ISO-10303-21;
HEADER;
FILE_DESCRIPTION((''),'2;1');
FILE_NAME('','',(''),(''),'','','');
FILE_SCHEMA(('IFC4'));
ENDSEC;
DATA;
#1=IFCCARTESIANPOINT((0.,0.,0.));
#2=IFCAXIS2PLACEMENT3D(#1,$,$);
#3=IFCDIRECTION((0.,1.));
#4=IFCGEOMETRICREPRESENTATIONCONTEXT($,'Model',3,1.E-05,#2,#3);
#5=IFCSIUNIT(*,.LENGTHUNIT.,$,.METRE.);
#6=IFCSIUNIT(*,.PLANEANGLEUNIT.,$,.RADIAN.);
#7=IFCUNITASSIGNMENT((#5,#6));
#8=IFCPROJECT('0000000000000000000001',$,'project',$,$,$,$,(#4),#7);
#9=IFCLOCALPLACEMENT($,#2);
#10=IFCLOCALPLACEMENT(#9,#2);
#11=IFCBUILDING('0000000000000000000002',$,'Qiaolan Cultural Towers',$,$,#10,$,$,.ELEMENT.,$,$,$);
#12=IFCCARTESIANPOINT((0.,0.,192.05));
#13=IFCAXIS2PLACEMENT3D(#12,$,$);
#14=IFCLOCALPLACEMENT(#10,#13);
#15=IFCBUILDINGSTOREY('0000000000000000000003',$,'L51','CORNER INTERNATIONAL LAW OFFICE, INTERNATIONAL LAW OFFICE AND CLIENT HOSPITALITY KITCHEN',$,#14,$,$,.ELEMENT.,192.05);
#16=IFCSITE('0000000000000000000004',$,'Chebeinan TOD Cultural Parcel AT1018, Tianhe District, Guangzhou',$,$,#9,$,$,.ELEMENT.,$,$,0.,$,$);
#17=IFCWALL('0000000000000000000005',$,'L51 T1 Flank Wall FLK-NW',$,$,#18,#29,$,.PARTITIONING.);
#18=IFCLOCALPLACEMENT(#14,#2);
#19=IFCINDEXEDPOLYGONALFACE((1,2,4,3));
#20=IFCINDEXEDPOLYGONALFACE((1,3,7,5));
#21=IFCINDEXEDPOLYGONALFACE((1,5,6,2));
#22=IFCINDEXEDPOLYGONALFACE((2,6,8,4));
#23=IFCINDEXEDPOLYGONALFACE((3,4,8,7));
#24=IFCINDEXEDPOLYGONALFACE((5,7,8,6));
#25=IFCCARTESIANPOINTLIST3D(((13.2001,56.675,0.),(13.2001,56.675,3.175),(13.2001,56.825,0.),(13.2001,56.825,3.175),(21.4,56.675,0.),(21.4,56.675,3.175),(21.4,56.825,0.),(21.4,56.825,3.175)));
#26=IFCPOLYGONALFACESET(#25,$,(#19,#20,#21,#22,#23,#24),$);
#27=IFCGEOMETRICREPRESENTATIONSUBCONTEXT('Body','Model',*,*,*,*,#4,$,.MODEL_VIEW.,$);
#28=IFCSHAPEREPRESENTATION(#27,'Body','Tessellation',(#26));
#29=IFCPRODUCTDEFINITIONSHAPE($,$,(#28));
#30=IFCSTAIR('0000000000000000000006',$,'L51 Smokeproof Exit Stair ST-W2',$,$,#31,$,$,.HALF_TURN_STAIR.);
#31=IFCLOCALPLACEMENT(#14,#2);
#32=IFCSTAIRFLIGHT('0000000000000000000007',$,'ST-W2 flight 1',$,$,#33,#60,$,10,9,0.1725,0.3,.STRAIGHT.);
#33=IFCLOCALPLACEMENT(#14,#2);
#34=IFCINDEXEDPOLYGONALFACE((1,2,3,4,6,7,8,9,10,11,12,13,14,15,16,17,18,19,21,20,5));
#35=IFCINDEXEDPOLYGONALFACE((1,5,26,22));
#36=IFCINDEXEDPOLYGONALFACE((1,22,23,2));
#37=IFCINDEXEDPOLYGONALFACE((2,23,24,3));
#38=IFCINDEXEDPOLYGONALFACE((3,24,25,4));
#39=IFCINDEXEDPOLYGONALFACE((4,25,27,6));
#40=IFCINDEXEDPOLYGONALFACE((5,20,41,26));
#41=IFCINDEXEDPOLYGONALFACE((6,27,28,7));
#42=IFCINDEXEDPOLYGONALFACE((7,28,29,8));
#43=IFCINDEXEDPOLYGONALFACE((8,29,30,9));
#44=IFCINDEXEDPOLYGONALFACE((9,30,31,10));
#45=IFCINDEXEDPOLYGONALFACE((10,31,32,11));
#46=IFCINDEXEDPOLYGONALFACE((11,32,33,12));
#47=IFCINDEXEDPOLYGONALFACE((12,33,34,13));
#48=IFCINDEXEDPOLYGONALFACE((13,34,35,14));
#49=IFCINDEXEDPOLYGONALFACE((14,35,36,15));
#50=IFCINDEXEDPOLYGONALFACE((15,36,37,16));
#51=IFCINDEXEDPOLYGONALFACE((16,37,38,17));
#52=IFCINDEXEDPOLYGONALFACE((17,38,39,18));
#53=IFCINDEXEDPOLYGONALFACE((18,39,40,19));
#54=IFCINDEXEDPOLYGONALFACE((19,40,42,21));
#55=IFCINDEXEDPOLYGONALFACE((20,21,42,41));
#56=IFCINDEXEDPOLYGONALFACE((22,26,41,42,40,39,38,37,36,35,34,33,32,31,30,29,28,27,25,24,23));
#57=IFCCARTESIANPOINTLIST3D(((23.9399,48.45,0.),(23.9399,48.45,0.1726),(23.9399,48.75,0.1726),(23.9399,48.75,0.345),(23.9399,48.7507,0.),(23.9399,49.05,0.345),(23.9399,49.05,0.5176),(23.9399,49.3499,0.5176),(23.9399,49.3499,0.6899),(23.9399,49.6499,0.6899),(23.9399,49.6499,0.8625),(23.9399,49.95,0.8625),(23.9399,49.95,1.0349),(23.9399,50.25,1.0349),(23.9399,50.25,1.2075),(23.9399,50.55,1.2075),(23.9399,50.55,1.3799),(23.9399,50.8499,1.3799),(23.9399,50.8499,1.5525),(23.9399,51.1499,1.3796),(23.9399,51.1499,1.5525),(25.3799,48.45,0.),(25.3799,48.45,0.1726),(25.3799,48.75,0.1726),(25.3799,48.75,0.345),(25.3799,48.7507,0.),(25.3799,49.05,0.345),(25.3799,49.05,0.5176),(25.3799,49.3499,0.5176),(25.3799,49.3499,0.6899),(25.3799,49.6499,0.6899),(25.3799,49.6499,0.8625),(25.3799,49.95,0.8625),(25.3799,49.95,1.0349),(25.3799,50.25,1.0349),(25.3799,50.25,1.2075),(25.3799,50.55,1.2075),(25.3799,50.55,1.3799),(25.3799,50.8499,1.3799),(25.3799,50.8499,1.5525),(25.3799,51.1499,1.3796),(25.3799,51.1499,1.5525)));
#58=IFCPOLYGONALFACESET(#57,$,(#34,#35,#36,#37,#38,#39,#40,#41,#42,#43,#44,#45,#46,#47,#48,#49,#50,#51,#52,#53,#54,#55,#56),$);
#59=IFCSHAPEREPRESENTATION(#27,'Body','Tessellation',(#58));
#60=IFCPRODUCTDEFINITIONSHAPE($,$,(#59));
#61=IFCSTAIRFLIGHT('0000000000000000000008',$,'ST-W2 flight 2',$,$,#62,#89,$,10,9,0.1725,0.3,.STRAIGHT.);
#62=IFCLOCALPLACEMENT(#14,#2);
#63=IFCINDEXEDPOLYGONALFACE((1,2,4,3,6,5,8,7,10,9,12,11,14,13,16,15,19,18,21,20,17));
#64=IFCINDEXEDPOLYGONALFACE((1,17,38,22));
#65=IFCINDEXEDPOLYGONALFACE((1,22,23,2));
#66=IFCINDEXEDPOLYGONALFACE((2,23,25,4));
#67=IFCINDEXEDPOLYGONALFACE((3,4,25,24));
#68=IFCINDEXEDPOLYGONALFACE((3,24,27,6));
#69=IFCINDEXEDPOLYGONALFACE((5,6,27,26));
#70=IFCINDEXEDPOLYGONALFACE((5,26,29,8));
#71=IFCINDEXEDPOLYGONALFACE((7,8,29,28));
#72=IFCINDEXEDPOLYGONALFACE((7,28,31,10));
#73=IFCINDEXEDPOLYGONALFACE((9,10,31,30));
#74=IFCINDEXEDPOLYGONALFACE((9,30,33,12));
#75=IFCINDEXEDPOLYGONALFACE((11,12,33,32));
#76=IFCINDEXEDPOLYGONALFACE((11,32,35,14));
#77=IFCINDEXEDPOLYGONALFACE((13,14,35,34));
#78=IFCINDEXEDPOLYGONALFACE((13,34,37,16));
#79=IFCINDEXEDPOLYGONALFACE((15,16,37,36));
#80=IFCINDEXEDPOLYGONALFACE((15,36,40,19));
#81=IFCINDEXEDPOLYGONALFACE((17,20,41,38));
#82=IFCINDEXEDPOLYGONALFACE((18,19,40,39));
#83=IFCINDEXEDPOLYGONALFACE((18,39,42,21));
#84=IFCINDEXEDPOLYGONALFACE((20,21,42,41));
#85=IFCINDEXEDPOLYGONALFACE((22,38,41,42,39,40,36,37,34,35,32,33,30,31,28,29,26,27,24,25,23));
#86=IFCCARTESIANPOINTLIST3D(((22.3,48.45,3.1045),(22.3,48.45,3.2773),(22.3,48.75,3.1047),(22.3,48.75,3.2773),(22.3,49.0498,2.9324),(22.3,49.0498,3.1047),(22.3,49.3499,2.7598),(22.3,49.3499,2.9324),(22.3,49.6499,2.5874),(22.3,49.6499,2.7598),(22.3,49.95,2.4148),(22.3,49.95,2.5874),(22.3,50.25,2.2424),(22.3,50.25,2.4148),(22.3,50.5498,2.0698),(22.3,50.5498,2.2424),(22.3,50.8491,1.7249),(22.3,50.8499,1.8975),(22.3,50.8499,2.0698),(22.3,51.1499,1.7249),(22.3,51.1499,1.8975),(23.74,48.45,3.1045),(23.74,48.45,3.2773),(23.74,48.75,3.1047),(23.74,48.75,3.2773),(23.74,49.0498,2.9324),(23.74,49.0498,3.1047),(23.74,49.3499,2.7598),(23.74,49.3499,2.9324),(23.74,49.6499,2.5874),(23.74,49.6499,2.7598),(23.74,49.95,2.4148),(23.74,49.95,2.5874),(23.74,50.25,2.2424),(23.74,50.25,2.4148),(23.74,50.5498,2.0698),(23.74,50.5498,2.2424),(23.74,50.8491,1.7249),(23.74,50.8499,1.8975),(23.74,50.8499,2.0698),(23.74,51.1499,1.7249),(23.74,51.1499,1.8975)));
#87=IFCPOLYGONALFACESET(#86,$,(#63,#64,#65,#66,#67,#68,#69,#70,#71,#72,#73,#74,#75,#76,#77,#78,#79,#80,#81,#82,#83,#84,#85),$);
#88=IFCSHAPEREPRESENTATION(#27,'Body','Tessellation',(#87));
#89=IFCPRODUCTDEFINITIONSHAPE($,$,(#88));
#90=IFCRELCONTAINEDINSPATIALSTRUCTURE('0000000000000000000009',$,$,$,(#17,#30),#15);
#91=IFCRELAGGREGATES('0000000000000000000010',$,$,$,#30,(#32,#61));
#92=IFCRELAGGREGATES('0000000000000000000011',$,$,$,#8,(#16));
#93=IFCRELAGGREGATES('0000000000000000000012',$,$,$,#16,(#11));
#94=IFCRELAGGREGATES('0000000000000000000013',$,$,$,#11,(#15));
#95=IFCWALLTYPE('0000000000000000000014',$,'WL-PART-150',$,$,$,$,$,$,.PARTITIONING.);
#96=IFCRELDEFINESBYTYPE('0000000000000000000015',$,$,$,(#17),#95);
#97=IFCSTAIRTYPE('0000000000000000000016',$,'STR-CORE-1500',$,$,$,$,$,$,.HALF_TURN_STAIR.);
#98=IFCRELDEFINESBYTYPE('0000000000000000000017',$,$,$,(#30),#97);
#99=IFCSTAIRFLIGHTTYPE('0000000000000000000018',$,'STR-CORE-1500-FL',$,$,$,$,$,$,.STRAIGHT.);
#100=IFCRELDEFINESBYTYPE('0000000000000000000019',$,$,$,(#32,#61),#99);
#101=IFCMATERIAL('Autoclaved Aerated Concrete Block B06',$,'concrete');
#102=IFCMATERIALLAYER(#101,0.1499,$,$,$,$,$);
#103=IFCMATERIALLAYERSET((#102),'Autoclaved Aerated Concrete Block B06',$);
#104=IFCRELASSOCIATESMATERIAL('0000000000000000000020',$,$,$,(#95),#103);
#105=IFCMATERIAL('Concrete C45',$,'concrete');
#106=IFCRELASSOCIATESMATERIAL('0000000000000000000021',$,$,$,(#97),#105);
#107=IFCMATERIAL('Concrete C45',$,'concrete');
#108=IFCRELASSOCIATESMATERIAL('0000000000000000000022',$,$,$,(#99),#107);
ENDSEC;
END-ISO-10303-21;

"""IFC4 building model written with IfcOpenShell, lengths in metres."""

from ifc_helpers import new_model, si_unit, direction, frame, frame_2d, origin, place, context, subcontext, project, spatial, polyline, rectangle, outline, extrude, material, layer, layer_set, type_object, element, aggregate, save


model = new_model("IFC4")

# Units and contexts
model_context = context("Model", 3, precision=1e-05, world=origin(), true_north=direction((0.0, 1.0)))
body_context = subcontext(model_context, "Body", "Model", "MODEL_VIEW")
ifc_project = project(units=[si_unit("LENGTHUNIT", "METRE"), si_unit("PLANEANGLEUNIT", "RADIAN")], contexts=[model_context])

# Site, building, storey
site_placement = place(None, origin())
site = spatial("IfcSite", under=ifc_project, at=site_placement, Name="Chebeinan TOD Cultural Parcel AT1018, Tianhe District, Guangzhou", CompositionType="ELEMENT", RefElevation=0.0)
building_placement = place(site_placement, origin())
building = spatial("IfcBuilding", under=site, at=building_placement, Name="Qiaolan Cultural Towers", CompositionType="ELEMENT")
storey_placement = place(building_placement, frame((0.0, 0.0, 192.05)))
storey = spatial("IfcBuildingStorey", under=building, at=storey_placement, Name="L51", Description="CORNER INTERNATIONAL LAW OFFICE, INTERNATIONAL LAW OFFICE AND CLIENT HOSPITALITY KITCHEN", CompositionType="ELEMENT", Elevation=192.05)

# Wall
ifc_material_1 = material(Name="Autoclaved Aerated Concrete Block B06", Category="concrete")
ifc_layer_1 = layer(ifc_material_1, 0.1499)
ifc_layer_set_1 = layer_set([ifc_layer_1], Name="Autoclaved Aerated Concrete Block B06")
wall_type_1 = type_object("IfcWallType", Name="WL-PART-150", PredefinedType="PARTITIONING", material=ifc_layer_set_1)
wall_1_placement = place(storey_placement, frame((13.2, 56.75, 0.0), z_axis=(0.0, 0.0, 1.0), x_axis=(1.0, 0.0, 0.0)))
element("IfcWall", 1, at=wall_1_placement, inside=storey, type_object=wall_type_1, Name="L51 T1 Flank Wall FLK-NW", PredefinedType="PARTITIONING", context=body_context, shape_type="SweptSolid", body=[
    extrude(rectangle(XDim=8.2, YDim=0.1499, at=frame_2d((4.1001, 0.0))), origin(), (0.0, 0.0, 1.0), 3.175),
])

# Stair, stair flights
ifc_material_2 = material(Name="Concrete C45", Category="concrete")
stair_type = type_object("IfcStairType", Name="STR-CORE-1500", PredefinedType="HALF_TURN_STAIR", material=ifc_material_2)
stair_placement = place(storey_placement, origin())
stair = element("IfcStair", 2, at=stair_placement, inside=storey, type_object=stair_type, Name="L51 Smokeproof Exit Stair ST-W2", PredefinedType="HALF_TURN_STAIR")
ifc_material_3 = material(Name="Concrete C45", Category="concrete")
stair_flight_type = type_object("IfcStairFlightType", Name="STR-CORE-1500-FL", PredefinedType="STRAIGHT", material=ifc_material_3)
stair_flight_1_placement = place(storey_placement, frame((24.6599, 48.45, 0.0), z_axis=(0.0, 0.0, 1.0), x_axis=(0.0, 1.0, 0.0)))
stair_flight_1 = element("IfcStairFlight", 3, at=stair_flight_1_placement, type_object=stair_flight_type, Name="ST-W2 flight 1", NumberOfRisers=10, NumberOfTreads=9, PredefinedType="STRAIGHT", RiserHeight=0.1725, TreadLength=0.3, context=body_context, shape_type="SweptSolid", body=[
    extrude(outline(polyline([(0.0, 0.0), (0.0, 0.1726), (0.3, 0.1726), (0.3, 0.345), (0.6001, 0.345), (0.6001, 0.5176), (0.8999, 0.5176), (0.8999, 0.6899), (1.2, 0.6899), (1.2, 0.8625), (1.5, 0.8625), (1.5, 1.0349), (1.8, 1.0349), (1.8, 1.2075), (2.1001, 1.2075), (2.1001, 1.3799), (2.3999, 1.3799), (2.3999, 1.5525), (2.7, 1.5525), (2.7, 1.7251), (2.7, 1.3796), (0.3008, 0.0), (0.0, 0.0)])), frame((0.0, 0.72, 0.0), z_axis=(0.0, -1.0, 0.0), x_axis=(1.0, 0.0, 0.0)), (0.0, 0.0, 1.0), 1.4399),
])
stair_flight_2_placement = place(storey_placement, frame((23.02, 51.1499, 1.7249), z_axis=(0.0, 0.0, 1.0), x_axis=(0.0, -1.0, 0.0)))
stair_flight_2 = element("IfcStairFlight", 4, at=stair_flight_2_placement, type_object=stair_flight_type, Name="ST-W2 flight 2", NumberOfRisers=10, NumberOfTreads=9, PredefinedType="STRAIGHT", RiserHeight=0.1725, TreadLength=0.3, context=body_context, shape_type="SweptSolid", body=[
    extrude(outline(polyline([(0.0, 0.0), (0.0, 0.1726), (0.3, 0.1726), (0.3, 0.345), (0.6001, 0.345), (0.6001, 0.5176), (0.8999, 0.5176), (0.8999, 0.6899), (1.2, 0.6899), (1.2, 0.8625), (1.5, 0.8625), (1.5, 1.0349), (1.8, 1.0349), (1.8, 1.2075), (2.1001, 1.2075), (2.1001, 1.3799), (2.3999, 1.3799), (2.3999, 1.5525), (2.7, 1.5525), (2.7, 1.7251), (2.7, 1.3796), (0.3008, 0.0), (0.0, 0.0)])), frame((0.0, 0.72, 0.0), z_axis=(0.0, -1.0, 0.0), x_axis=(1.0, 0.0, 0.0)), (0.0, 0.0, 1.0), 1.4399),
])
aggregate(stair, [stair_flight_1, stair_flight_2])

save(model, "model.ifc")
